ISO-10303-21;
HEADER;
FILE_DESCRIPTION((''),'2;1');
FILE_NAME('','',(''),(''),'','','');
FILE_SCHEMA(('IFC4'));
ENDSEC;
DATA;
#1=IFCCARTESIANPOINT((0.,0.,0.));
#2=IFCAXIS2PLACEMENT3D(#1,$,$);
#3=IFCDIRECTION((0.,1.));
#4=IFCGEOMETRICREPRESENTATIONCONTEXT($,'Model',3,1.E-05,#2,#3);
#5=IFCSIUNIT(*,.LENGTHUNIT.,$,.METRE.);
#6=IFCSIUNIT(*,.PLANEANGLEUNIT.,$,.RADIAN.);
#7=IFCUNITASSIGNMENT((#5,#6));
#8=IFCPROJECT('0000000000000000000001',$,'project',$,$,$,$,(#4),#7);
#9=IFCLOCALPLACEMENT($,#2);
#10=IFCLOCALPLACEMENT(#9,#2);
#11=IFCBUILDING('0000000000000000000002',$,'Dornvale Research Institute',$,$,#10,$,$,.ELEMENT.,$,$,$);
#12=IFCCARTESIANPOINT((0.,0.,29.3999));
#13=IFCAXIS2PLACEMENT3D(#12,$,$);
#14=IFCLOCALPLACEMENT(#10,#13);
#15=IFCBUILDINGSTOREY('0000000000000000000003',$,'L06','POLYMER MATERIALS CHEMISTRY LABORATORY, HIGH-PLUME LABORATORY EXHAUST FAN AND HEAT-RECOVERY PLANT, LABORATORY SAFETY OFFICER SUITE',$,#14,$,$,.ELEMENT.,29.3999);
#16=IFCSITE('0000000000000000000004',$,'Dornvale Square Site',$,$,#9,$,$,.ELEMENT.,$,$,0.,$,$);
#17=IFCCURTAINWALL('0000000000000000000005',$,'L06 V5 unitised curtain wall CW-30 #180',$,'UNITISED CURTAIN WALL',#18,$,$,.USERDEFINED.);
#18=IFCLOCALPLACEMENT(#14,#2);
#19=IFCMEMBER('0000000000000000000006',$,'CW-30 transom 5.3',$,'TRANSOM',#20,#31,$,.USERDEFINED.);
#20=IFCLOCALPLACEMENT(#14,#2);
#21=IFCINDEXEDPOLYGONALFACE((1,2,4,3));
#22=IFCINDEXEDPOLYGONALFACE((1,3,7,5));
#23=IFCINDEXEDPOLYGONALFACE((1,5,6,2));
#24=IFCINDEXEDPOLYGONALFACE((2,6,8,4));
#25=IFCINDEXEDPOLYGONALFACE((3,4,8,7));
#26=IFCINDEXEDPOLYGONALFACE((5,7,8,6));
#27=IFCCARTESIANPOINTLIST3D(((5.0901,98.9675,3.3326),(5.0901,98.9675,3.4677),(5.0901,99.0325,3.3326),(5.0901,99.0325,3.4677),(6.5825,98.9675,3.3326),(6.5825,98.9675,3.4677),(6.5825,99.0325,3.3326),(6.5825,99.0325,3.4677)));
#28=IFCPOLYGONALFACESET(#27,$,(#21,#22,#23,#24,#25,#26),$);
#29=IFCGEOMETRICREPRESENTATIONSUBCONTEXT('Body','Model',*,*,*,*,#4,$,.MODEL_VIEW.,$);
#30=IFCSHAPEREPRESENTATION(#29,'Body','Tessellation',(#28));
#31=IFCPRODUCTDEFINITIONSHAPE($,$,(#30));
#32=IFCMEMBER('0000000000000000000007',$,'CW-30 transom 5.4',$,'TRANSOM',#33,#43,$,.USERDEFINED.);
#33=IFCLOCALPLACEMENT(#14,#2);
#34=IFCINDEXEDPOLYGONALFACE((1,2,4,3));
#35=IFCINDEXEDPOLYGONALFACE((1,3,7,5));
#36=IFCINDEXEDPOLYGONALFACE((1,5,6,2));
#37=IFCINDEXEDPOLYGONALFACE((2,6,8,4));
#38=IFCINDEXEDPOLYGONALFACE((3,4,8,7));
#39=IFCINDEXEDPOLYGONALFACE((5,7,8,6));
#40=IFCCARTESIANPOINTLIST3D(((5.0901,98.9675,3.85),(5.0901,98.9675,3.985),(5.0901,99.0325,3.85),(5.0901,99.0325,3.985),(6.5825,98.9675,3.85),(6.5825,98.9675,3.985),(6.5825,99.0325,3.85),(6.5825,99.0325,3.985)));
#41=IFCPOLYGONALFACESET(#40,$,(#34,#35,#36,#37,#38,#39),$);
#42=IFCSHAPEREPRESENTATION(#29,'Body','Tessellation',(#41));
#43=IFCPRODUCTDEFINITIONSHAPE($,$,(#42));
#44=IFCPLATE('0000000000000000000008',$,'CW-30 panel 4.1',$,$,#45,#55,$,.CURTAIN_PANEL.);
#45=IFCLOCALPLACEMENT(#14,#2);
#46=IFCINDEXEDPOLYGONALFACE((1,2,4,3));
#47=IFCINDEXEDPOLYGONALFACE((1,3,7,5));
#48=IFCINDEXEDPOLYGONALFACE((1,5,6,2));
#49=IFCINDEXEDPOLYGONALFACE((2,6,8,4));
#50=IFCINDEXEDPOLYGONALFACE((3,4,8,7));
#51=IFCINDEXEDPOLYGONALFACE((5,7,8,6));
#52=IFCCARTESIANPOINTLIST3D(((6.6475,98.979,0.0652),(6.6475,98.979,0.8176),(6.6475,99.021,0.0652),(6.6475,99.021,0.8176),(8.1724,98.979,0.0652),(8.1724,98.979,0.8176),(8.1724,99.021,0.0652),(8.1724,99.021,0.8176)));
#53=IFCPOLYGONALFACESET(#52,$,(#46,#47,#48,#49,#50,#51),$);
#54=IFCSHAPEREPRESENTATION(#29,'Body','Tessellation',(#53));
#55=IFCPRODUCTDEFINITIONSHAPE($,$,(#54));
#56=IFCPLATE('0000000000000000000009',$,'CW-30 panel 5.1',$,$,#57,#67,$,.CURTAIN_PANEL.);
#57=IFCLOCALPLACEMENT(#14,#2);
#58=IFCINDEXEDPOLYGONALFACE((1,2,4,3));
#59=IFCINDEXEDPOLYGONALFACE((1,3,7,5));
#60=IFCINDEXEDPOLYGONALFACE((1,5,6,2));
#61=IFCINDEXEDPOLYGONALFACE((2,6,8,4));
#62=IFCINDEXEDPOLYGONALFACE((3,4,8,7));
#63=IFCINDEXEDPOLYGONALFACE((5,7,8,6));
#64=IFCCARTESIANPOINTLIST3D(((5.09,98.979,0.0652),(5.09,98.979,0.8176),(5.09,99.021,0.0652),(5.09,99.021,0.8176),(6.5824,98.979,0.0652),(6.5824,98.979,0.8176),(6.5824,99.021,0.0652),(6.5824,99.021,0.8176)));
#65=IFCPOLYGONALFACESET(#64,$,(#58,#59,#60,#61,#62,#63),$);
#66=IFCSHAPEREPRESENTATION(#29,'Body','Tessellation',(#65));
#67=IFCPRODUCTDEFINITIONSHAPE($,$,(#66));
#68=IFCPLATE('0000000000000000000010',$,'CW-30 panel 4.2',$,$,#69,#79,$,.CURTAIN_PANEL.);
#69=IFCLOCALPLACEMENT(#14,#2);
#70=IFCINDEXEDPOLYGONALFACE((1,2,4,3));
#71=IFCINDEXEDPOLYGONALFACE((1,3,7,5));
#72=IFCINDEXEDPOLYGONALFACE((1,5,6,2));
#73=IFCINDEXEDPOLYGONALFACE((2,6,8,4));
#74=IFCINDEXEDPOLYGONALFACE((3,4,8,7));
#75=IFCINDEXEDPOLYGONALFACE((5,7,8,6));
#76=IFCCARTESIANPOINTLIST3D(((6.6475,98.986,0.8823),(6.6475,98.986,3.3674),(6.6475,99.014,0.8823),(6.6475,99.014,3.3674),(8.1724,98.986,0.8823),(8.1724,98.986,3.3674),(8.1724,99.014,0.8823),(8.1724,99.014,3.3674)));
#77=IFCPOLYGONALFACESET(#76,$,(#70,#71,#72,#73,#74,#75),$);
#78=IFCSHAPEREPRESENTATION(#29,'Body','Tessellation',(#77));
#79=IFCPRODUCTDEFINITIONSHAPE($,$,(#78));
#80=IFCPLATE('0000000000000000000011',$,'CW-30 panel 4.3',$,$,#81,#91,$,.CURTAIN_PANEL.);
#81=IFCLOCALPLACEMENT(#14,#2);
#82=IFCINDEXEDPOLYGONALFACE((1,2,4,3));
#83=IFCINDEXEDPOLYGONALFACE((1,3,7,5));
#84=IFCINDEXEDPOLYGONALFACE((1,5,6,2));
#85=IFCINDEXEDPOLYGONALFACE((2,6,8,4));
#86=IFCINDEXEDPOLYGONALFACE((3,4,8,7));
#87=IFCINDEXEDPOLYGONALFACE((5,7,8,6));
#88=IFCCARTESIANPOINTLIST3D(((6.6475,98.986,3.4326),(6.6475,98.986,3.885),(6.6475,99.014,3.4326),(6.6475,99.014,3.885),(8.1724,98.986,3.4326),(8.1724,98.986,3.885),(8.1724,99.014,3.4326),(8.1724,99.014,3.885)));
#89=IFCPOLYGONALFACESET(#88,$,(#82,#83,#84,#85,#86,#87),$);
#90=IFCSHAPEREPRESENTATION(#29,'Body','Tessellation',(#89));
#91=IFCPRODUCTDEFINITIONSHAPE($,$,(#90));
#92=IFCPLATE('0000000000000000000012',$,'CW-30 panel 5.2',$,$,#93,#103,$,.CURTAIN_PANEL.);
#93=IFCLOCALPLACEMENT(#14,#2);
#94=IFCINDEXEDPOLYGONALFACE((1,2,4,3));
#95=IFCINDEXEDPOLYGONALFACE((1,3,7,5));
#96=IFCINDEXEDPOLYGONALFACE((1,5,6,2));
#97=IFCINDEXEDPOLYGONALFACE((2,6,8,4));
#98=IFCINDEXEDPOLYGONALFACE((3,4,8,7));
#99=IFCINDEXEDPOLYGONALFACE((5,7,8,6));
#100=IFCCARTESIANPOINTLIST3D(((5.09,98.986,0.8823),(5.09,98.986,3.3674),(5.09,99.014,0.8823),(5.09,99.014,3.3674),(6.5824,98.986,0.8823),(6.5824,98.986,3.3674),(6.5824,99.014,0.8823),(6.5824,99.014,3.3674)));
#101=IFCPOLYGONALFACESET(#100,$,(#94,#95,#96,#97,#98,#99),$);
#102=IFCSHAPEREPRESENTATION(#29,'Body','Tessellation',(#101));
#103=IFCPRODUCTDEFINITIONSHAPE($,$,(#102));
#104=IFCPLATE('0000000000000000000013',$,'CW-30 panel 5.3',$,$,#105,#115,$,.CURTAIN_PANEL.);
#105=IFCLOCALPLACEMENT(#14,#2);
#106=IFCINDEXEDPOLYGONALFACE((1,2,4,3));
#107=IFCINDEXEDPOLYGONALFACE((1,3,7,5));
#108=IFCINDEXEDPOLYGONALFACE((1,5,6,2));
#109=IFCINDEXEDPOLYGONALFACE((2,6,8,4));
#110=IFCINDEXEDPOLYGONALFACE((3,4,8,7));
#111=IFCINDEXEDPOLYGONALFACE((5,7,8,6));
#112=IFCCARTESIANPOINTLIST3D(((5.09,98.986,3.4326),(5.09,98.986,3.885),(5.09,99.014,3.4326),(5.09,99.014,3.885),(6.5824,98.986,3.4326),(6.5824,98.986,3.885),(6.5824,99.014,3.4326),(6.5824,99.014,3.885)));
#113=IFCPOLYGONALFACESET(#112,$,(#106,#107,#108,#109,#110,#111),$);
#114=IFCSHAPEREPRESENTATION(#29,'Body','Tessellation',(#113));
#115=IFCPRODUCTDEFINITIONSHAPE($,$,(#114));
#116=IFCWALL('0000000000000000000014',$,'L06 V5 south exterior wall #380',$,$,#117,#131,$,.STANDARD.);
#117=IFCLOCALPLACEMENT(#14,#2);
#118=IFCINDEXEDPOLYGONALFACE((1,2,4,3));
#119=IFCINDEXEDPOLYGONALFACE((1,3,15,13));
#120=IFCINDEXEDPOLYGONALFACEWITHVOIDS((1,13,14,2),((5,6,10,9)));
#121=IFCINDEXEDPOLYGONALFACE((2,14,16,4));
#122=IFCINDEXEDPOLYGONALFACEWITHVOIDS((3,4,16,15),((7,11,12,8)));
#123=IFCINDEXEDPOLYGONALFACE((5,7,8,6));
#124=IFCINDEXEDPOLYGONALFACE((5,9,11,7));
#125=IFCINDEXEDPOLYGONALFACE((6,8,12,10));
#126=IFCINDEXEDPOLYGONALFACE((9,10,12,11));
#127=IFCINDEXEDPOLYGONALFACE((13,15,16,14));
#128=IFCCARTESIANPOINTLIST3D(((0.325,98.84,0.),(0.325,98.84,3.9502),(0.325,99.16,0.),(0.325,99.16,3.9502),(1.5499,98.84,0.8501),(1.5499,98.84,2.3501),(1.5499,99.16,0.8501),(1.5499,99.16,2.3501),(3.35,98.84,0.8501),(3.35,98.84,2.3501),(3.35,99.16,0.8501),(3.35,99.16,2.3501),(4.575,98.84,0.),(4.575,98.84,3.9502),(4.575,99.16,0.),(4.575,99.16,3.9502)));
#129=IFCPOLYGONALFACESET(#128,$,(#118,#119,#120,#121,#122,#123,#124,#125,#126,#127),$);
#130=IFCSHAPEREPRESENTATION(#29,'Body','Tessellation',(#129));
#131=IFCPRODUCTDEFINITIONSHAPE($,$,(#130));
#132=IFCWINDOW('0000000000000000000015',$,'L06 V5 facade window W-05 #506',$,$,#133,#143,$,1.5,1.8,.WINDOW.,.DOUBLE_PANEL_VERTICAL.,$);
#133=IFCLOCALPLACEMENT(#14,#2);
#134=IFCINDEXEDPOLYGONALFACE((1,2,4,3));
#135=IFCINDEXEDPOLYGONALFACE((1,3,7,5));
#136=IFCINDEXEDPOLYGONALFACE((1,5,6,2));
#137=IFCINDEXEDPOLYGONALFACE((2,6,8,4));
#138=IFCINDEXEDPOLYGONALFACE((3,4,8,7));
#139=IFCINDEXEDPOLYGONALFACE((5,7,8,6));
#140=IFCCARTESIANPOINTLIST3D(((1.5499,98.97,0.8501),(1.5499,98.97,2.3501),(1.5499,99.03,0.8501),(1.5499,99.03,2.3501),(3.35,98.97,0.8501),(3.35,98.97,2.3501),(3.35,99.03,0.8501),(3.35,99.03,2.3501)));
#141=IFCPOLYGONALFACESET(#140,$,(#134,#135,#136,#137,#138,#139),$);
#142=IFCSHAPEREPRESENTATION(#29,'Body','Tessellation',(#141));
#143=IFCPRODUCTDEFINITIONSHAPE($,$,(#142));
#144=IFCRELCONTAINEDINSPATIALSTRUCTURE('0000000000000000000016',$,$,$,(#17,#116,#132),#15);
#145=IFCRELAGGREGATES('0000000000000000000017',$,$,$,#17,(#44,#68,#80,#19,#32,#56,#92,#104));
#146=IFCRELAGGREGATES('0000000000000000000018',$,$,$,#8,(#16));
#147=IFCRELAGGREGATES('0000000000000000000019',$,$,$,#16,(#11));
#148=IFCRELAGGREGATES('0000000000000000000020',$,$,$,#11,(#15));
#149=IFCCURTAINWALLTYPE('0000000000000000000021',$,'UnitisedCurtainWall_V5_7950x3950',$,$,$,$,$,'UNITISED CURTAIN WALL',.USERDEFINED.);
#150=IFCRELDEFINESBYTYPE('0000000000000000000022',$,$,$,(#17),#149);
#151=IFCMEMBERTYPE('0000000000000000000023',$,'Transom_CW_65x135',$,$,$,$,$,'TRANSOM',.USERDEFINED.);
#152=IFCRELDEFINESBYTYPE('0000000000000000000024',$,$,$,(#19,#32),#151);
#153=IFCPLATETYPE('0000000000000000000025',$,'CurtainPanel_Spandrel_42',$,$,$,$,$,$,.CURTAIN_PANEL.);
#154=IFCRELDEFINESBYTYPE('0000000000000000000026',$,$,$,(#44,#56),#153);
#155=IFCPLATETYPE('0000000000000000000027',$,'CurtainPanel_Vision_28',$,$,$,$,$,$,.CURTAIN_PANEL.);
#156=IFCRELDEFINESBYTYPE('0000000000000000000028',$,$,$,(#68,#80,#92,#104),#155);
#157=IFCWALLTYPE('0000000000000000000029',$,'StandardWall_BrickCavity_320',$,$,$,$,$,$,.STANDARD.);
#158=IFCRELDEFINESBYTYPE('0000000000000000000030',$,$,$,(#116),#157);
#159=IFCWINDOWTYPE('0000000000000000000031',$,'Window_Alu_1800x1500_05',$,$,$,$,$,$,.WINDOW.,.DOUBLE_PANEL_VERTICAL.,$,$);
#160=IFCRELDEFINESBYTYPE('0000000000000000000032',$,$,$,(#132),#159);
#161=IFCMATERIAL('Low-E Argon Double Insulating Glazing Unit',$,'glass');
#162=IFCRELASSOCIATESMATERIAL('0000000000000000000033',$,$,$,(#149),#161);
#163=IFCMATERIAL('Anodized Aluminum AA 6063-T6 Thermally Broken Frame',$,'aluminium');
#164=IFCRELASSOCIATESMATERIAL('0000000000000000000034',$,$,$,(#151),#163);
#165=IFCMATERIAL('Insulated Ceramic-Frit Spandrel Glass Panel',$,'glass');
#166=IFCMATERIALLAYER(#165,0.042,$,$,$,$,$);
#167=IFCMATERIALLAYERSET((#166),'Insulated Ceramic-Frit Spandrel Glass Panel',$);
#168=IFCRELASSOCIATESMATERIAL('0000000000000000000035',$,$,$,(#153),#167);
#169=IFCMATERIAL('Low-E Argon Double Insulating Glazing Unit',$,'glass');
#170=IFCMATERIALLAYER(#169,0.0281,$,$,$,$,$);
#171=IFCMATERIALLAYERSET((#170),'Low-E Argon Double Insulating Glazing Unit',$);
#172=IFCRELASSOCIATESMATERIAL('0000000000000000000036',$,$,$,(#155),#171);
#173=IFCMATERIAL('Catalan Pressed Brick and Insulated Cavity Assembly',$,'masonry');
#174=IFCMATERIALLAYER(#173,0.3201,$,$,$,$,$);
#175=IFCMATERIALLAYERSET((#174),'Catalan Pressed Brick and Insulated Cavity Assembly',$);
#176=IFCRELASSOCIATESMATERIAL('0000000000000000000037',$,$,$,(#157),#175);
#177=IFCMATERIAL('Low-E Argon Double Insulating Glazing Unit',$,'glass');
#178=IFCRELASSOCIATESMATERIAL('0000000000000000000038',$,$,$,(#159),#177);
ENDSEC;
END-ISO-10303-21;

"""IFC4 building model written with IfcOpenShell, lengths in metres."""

from ifc_helpers import new_model, si_unit, direction, frame, frame_2d, origin, origin_2d, place, context, subcontext, project, spatial, rectangle, extrude, material, layer, layer_set, material_profile, profile_set, type_object, element, fill, aggregate, save


model = new_model("IFC4")

# Units and contexts
model_context = context("Model", 3, precision=1e-05, world=origin(), true_north=direction((0.0, 1.0)))
body_context = subcontext(model_context, "Body", "Model", "MODEL_VIEW")
ifc_project = project(units=[si_unit("LENGTHUNIT", "METRE"), si_unit("PLANEANGLEUNIT", "RADIAN")], contexts=[model_context])

# Site, building, storey
site_placement = place(None, origin())
site = spatial("IfcSite", under=ifc_project, at=site_placement, Name="Dornvale Square Site", CompositionType="ELEMENT", RefElevation=0.0)
building_placement = place(site_placement, origin())
building = spatial("IfcBuilding", under=site, at=building_placement, Name="Dornvale Research Institute", CompositionType="ELEMENT")
storey_placement = place(building_placement, frame((0.0, 0.0, 29.3999)))
storey = spatial("IfcBuildingStorey", under=building, at=storey_placement, Name="L06", Description="POLYMER MATERIALS CHEMISTRY LABORATORY, HIGH-PLUME LABORATORY EXHAUST FAN AND HEAT-RECOVERY PLANT, LABORATORY SAFETY OFFICER SUITE", CompositionType="ELEMENT", Elevation=29.3999)

# Curtain wall
ifc_material_1 = material(Name="Low-E Argon Double Insulating Glazing Unit", Category="glass")
curtain_wall_type = type_object("IfcCurtainWallType", Name="UnitisedCurtainWall_V5_7950x3950", ElementType="UNITISED CURTAIN WALL", PredefinedType="USERDEFINED", material=ifc_material_1)
curtain_wall_placement = place(storey_placement, origin())
curtain_wall = element("IfcCurtainWall", 1, at=curtain_wall_placement, inside=storey, type_object=curtain_wall_type, Name="L06 V5 unitised curtain wall CW-30 #180", ObjectType="UNITISED CURTAIN WALL", PredefinedType="USERDEFINED")

# Members
ifc_material_2 = material(Name="Anodized Aluminum AA 6063-T6 Thermally Broken Frame", Category="aluminium")
ifc_material_profile_1 = material_profile(ifc_material_2, rectangle(XDim=0.0649, YDim=0.135, at=origin_2d()), Name="ALU TRANSOM 65x135")
ifc_profile_set_1 = profile_set([ifc_material_profile_1], Name="Anodized Aluminum AA 6063-T6 Thermally Broken Frame")
member_type_1 = type_object("IfcMemberType", Name="Transom_CW_65x135", ElementType="TRANSOM", PredefinedType="USERDEFINED", material=ifc_profile_set_1)
member_1_placement = place(storey_placement, frame((6.5825, 99.0, 3.4001), z_axis=(-1.0, 0.0, 0.0), x_axis=(0.0, -1.0, 0.0)))
member_1 = element("IfcMember", 2, at=member_1_placement, type_object=member_type_1, Name="CW-30 transom 5.3", ObjectType="TRANSOM", PredefinedType="USERDEFINED", context=body_context, shape_type="SweptSolid", body=[
    extrude(rectangle(XDim=0.0649, YDim=0.135, at=origin_2d()), origin(), (0.0, 0.0, 1.0), 1.4924),
])
member_2_placement = place(storey_placement, frame((6.5825, 99.0, 3.9175), z_axis=(-1.0, 0.0, 0.0), x_axis=(0.0, -1.0, 0.0)))
member_2 = element("IfcMember", 3, at=member_2_placement, type_object=member_type_1, Name="CW-30 transom 5.4", ObjectType="TRANSOM", PredefinedType="USERDEFINED", context=body_context, shape_type="SweptSolid", body=[
    extrude(rectangle(XDim=0.0649, YDim=0.135, at=origin_2d()), origin(), (0.0, 0.0, 1.0), 1.4924),
])

# Plates
ifc_material_3 = material(Name="Insulated Ceramic-Frit Spandrel Glass Panel", Category="glass")
ifc_layer_1 = layer(ifc_material_3, 0.042)
ifc_layer_set_1 = layer_set([ifc_layer_1], Name="Insulated Ceramic-Frit Spandrel Glass Panel")
plate_type_1 = type_object("IfcPlateType", Name="CurtainPanel_Spandrel_42", PredefinedType="CURTAIN_PANEL", material=ifc_layer_set_1)
plate_1_placement = place(storey_placement, frame((7.4099, 99.0, 0.0652), z_axis=(0.0, 0.0, 1.0), x_axis=(-1.0, 0.0, 0.0)))
plate_1 = element("IfcPlate", 4, at=plate_1_placement, type_object=plate_type_1, Name="CW-30 panel 4.1", PredefinedType="CURTAIN_PANEL", context=body_context, shape_type="SweptSolid", body=[
    extrude(rectangle(XDim=1.5249, YDim=0.042, at=origin_2d()), origin(), (0.0, 0.0, 1.0), 0.7524),
])
plate_2_placement = place(storey_placement, frame((5.8362, 99.0, 0.0652), z_axis=(0.0, 0.0, 1.0), x_axis=(-1.0, 0.0, 0.0)))
plate_2 = element("IfcPlate", 5, at=plate_2_placement, type_object=plate_type_1, Name="CW-30 panel 5.1", PredefinedType="CURTAIN_PANEL", context=body_context, shape_type="SweptSolid", body=[
    extrude(rectangle(XDim=1.4924, YDim=0.042, at=origin_2d()), origin(), (0.0, 0.0, 1.0), 0.7524),
])
ifc_material_4 = material(Name="Low-E Argon Double Insulating Glazing Unit", Category="glass")
ifc_layer_2 = layer(ifc_material_4, 0.0281)
ifc_layer_set_2 = layer_set([ifc_layer_2], Name="Low-E Argon Double Insulating Glazing Unit")
plate_type_2 = type_object("IfcPlateType", Name="CurtainPanel_Vision_28", PredefinedType="CURTAIN_PANEL", material=ifc_layer_set_2)
plate_3_placement = place(storey_placement, frame((7.4099, 99.0, 0.8823), z_axis=(0.0, 0.0, 1.0), x_axis=(-1.0, 0.0, 0.0)))
plate_3 = element("IfcPlate", 6, at=plate_3_placement, type_object=plate_type_2, Name="CW-30 panel 4.2", PredefinedType="CURTAIN_PANEL", context=body_context, shape_type="SweptSolid", body=[
    extrude(rectangle(XDim=1.5249, YDim=0.0281, at=origin_2d()), origin(), (0.0, 0.0, 1.0), 2.4851),
])
plate_4_placement = place(storey_placement, frame((7.4099, 99.0, 3.4326), z_axis=(0.0, 0.0, 1.0), x_axis=(-1.0, 0.0, 0.0)))
plate_4 = element("IfcPlate", 7, at=plate_4_placement, type_object=plate_type_2, Name="CW-30 panel 4.3", PredefinedType="CURTAIN_PANEL", context=body_context, shape_type="SweptSolid", body=[
    extrude(rectangle(XDim=1.5249, YDim=0.0281, at=origin_2d()), origin(), (0.0, 0.0, 1.0), 0.4524),
])
plate_5_placement = place(storey_placement, frame((5.8362, 99.0, 0.8823), z_axis=(0.0, 0.0, 1.0), x_axis=(-1.0, 0.0, 0.0)))
plate_5 = element("IfcPlate", 8, at=plate_5_placement, type_object=plate_type_2, Name="CW-30 panel 5.2", PredefinedType="CURTAIN_PANEL", context=body_context, shape_type="SweptSolid", body=[
    extrude(rectangle(XDim=1.4924, YDim=0.0281, at=origin_2d()), origin(), (0.0, 0.0, 1.0), 2.4851),
])
plate_6_placement = place(storey_placement, frame((5.8362, 99.0, 3.4326), z_axis=(0.0, 0.0, 1.0), x_axis=(-1.0, 0.0, 0.0)))
plate_6 = element("IfcPlate", 9, at=plate_6_placement, type_object=plate_type_2, Name="CW-30 panel 5.3", PredefinedType="CURTAIN_PANEL", context=body_context, shape_type="SweptSolid", body=[
    extrude(rectangle(XDim=1.4924, YDim=0.0281, at=origin_2d()), origin(), (0.0, 0.0, 1.0), 0.4524),
])
aggregate(curtain_wall, [plate_1, plate_3, plate_4, member_1, member_2, plate_2, plate_5, plate_6])

# Wall, opening, window
ifc_material_5 = material(Name="Catalan Pressed Brick and Insulated Cavity Assembly", Category="masonry")
ifc_layer_3 = layer(ifc_material_5, 0.3201)
ifc_layer_set_3 = layer_set([ifc_layer_3], Name="Catalan Pressed Brick and Insulated Cavity Assembly")
wall_type = type_object("IfcWallType", Name="StandardWall_BrickCavity_320", PredefinedType="STANDARD", material=ifc_layer_set_3)
wall_placement = place(storey_placement, frame((4.575, 99.0, 0.0), z_axis=(0.0, 0.0, 1.0), x_axis=(-1.0, 0.0, 0.0)))
wall = element("IfcWall", 10, at=wall_placement, inside=storey, type_object=wall_type, Name="L06 V5 south exterior wall #380", PredefinedType="STANDARD", context=body_context, shape_type="SweptSolid", body=[
    extrude(rectangle(XDim=4.25, YDim=0.3201, at=frame_2d((2.125, 0.0))), origin(), (0.0, 0.0, 1.0), 3.9502),
])
opening_placement = place(wall_placement, frame((1.2251, 0.0, 0.8501)))
opening = element("IfcOpeningElement", 11, at=opening_placement, cuts=wall, PredefinedType="OPENING", context=body_context, shape_type="SweptSolid", body=[
    extrude(rectangle(XDim=1.8, YDim=1.5, at=frame_2d((0.8999, 0.75))), frame((0.0, 0.175, 0.0), z_axis=(0.0, -1.0, 0.0), x_axis=(1.0, 0.0, 0.0)), (0.0, 0.0, 1.0), 0.3501),
])
ifc_material_6 = material(Name="Low-E Argon Double Insulating Glazing Unit", Category="glass")
window_type = type_object("IfcWindowType", Name="Window_Alu_1800x1500_05", PartitioningType="DOUBLE_PANEL_VERTICAL", PredefinedType="WINDOW", material=ifc_material_6)
window_placement = place(opening_placement, origin())
window = element("IfcWindow", 12, at=window_placement, inside=storey, type_object=window_type, Name="L06 V5 facade window W-05 #506", OverallHeight=1.5, OverallWidth=1.8, PartitioningType="DOUBLE_PANEL_VERTICAL", PredefinedType="WINDOW", context=body_context, shape_type="SweptSolid", body=[
    extrude(rectangle(XDim=1.8, YDim=1.5, at=frame_2d((0.8999, 0.75))), frame((0.0, 0.03, 0.0), z_axis=(0.0, -1.0, 0.0), x_axis=(1.0, 0.0, 0.0)), (0.0, 0.0, 1.0), 0.0601),
])
fill(opening, window)

save(model, "model.ifc")
